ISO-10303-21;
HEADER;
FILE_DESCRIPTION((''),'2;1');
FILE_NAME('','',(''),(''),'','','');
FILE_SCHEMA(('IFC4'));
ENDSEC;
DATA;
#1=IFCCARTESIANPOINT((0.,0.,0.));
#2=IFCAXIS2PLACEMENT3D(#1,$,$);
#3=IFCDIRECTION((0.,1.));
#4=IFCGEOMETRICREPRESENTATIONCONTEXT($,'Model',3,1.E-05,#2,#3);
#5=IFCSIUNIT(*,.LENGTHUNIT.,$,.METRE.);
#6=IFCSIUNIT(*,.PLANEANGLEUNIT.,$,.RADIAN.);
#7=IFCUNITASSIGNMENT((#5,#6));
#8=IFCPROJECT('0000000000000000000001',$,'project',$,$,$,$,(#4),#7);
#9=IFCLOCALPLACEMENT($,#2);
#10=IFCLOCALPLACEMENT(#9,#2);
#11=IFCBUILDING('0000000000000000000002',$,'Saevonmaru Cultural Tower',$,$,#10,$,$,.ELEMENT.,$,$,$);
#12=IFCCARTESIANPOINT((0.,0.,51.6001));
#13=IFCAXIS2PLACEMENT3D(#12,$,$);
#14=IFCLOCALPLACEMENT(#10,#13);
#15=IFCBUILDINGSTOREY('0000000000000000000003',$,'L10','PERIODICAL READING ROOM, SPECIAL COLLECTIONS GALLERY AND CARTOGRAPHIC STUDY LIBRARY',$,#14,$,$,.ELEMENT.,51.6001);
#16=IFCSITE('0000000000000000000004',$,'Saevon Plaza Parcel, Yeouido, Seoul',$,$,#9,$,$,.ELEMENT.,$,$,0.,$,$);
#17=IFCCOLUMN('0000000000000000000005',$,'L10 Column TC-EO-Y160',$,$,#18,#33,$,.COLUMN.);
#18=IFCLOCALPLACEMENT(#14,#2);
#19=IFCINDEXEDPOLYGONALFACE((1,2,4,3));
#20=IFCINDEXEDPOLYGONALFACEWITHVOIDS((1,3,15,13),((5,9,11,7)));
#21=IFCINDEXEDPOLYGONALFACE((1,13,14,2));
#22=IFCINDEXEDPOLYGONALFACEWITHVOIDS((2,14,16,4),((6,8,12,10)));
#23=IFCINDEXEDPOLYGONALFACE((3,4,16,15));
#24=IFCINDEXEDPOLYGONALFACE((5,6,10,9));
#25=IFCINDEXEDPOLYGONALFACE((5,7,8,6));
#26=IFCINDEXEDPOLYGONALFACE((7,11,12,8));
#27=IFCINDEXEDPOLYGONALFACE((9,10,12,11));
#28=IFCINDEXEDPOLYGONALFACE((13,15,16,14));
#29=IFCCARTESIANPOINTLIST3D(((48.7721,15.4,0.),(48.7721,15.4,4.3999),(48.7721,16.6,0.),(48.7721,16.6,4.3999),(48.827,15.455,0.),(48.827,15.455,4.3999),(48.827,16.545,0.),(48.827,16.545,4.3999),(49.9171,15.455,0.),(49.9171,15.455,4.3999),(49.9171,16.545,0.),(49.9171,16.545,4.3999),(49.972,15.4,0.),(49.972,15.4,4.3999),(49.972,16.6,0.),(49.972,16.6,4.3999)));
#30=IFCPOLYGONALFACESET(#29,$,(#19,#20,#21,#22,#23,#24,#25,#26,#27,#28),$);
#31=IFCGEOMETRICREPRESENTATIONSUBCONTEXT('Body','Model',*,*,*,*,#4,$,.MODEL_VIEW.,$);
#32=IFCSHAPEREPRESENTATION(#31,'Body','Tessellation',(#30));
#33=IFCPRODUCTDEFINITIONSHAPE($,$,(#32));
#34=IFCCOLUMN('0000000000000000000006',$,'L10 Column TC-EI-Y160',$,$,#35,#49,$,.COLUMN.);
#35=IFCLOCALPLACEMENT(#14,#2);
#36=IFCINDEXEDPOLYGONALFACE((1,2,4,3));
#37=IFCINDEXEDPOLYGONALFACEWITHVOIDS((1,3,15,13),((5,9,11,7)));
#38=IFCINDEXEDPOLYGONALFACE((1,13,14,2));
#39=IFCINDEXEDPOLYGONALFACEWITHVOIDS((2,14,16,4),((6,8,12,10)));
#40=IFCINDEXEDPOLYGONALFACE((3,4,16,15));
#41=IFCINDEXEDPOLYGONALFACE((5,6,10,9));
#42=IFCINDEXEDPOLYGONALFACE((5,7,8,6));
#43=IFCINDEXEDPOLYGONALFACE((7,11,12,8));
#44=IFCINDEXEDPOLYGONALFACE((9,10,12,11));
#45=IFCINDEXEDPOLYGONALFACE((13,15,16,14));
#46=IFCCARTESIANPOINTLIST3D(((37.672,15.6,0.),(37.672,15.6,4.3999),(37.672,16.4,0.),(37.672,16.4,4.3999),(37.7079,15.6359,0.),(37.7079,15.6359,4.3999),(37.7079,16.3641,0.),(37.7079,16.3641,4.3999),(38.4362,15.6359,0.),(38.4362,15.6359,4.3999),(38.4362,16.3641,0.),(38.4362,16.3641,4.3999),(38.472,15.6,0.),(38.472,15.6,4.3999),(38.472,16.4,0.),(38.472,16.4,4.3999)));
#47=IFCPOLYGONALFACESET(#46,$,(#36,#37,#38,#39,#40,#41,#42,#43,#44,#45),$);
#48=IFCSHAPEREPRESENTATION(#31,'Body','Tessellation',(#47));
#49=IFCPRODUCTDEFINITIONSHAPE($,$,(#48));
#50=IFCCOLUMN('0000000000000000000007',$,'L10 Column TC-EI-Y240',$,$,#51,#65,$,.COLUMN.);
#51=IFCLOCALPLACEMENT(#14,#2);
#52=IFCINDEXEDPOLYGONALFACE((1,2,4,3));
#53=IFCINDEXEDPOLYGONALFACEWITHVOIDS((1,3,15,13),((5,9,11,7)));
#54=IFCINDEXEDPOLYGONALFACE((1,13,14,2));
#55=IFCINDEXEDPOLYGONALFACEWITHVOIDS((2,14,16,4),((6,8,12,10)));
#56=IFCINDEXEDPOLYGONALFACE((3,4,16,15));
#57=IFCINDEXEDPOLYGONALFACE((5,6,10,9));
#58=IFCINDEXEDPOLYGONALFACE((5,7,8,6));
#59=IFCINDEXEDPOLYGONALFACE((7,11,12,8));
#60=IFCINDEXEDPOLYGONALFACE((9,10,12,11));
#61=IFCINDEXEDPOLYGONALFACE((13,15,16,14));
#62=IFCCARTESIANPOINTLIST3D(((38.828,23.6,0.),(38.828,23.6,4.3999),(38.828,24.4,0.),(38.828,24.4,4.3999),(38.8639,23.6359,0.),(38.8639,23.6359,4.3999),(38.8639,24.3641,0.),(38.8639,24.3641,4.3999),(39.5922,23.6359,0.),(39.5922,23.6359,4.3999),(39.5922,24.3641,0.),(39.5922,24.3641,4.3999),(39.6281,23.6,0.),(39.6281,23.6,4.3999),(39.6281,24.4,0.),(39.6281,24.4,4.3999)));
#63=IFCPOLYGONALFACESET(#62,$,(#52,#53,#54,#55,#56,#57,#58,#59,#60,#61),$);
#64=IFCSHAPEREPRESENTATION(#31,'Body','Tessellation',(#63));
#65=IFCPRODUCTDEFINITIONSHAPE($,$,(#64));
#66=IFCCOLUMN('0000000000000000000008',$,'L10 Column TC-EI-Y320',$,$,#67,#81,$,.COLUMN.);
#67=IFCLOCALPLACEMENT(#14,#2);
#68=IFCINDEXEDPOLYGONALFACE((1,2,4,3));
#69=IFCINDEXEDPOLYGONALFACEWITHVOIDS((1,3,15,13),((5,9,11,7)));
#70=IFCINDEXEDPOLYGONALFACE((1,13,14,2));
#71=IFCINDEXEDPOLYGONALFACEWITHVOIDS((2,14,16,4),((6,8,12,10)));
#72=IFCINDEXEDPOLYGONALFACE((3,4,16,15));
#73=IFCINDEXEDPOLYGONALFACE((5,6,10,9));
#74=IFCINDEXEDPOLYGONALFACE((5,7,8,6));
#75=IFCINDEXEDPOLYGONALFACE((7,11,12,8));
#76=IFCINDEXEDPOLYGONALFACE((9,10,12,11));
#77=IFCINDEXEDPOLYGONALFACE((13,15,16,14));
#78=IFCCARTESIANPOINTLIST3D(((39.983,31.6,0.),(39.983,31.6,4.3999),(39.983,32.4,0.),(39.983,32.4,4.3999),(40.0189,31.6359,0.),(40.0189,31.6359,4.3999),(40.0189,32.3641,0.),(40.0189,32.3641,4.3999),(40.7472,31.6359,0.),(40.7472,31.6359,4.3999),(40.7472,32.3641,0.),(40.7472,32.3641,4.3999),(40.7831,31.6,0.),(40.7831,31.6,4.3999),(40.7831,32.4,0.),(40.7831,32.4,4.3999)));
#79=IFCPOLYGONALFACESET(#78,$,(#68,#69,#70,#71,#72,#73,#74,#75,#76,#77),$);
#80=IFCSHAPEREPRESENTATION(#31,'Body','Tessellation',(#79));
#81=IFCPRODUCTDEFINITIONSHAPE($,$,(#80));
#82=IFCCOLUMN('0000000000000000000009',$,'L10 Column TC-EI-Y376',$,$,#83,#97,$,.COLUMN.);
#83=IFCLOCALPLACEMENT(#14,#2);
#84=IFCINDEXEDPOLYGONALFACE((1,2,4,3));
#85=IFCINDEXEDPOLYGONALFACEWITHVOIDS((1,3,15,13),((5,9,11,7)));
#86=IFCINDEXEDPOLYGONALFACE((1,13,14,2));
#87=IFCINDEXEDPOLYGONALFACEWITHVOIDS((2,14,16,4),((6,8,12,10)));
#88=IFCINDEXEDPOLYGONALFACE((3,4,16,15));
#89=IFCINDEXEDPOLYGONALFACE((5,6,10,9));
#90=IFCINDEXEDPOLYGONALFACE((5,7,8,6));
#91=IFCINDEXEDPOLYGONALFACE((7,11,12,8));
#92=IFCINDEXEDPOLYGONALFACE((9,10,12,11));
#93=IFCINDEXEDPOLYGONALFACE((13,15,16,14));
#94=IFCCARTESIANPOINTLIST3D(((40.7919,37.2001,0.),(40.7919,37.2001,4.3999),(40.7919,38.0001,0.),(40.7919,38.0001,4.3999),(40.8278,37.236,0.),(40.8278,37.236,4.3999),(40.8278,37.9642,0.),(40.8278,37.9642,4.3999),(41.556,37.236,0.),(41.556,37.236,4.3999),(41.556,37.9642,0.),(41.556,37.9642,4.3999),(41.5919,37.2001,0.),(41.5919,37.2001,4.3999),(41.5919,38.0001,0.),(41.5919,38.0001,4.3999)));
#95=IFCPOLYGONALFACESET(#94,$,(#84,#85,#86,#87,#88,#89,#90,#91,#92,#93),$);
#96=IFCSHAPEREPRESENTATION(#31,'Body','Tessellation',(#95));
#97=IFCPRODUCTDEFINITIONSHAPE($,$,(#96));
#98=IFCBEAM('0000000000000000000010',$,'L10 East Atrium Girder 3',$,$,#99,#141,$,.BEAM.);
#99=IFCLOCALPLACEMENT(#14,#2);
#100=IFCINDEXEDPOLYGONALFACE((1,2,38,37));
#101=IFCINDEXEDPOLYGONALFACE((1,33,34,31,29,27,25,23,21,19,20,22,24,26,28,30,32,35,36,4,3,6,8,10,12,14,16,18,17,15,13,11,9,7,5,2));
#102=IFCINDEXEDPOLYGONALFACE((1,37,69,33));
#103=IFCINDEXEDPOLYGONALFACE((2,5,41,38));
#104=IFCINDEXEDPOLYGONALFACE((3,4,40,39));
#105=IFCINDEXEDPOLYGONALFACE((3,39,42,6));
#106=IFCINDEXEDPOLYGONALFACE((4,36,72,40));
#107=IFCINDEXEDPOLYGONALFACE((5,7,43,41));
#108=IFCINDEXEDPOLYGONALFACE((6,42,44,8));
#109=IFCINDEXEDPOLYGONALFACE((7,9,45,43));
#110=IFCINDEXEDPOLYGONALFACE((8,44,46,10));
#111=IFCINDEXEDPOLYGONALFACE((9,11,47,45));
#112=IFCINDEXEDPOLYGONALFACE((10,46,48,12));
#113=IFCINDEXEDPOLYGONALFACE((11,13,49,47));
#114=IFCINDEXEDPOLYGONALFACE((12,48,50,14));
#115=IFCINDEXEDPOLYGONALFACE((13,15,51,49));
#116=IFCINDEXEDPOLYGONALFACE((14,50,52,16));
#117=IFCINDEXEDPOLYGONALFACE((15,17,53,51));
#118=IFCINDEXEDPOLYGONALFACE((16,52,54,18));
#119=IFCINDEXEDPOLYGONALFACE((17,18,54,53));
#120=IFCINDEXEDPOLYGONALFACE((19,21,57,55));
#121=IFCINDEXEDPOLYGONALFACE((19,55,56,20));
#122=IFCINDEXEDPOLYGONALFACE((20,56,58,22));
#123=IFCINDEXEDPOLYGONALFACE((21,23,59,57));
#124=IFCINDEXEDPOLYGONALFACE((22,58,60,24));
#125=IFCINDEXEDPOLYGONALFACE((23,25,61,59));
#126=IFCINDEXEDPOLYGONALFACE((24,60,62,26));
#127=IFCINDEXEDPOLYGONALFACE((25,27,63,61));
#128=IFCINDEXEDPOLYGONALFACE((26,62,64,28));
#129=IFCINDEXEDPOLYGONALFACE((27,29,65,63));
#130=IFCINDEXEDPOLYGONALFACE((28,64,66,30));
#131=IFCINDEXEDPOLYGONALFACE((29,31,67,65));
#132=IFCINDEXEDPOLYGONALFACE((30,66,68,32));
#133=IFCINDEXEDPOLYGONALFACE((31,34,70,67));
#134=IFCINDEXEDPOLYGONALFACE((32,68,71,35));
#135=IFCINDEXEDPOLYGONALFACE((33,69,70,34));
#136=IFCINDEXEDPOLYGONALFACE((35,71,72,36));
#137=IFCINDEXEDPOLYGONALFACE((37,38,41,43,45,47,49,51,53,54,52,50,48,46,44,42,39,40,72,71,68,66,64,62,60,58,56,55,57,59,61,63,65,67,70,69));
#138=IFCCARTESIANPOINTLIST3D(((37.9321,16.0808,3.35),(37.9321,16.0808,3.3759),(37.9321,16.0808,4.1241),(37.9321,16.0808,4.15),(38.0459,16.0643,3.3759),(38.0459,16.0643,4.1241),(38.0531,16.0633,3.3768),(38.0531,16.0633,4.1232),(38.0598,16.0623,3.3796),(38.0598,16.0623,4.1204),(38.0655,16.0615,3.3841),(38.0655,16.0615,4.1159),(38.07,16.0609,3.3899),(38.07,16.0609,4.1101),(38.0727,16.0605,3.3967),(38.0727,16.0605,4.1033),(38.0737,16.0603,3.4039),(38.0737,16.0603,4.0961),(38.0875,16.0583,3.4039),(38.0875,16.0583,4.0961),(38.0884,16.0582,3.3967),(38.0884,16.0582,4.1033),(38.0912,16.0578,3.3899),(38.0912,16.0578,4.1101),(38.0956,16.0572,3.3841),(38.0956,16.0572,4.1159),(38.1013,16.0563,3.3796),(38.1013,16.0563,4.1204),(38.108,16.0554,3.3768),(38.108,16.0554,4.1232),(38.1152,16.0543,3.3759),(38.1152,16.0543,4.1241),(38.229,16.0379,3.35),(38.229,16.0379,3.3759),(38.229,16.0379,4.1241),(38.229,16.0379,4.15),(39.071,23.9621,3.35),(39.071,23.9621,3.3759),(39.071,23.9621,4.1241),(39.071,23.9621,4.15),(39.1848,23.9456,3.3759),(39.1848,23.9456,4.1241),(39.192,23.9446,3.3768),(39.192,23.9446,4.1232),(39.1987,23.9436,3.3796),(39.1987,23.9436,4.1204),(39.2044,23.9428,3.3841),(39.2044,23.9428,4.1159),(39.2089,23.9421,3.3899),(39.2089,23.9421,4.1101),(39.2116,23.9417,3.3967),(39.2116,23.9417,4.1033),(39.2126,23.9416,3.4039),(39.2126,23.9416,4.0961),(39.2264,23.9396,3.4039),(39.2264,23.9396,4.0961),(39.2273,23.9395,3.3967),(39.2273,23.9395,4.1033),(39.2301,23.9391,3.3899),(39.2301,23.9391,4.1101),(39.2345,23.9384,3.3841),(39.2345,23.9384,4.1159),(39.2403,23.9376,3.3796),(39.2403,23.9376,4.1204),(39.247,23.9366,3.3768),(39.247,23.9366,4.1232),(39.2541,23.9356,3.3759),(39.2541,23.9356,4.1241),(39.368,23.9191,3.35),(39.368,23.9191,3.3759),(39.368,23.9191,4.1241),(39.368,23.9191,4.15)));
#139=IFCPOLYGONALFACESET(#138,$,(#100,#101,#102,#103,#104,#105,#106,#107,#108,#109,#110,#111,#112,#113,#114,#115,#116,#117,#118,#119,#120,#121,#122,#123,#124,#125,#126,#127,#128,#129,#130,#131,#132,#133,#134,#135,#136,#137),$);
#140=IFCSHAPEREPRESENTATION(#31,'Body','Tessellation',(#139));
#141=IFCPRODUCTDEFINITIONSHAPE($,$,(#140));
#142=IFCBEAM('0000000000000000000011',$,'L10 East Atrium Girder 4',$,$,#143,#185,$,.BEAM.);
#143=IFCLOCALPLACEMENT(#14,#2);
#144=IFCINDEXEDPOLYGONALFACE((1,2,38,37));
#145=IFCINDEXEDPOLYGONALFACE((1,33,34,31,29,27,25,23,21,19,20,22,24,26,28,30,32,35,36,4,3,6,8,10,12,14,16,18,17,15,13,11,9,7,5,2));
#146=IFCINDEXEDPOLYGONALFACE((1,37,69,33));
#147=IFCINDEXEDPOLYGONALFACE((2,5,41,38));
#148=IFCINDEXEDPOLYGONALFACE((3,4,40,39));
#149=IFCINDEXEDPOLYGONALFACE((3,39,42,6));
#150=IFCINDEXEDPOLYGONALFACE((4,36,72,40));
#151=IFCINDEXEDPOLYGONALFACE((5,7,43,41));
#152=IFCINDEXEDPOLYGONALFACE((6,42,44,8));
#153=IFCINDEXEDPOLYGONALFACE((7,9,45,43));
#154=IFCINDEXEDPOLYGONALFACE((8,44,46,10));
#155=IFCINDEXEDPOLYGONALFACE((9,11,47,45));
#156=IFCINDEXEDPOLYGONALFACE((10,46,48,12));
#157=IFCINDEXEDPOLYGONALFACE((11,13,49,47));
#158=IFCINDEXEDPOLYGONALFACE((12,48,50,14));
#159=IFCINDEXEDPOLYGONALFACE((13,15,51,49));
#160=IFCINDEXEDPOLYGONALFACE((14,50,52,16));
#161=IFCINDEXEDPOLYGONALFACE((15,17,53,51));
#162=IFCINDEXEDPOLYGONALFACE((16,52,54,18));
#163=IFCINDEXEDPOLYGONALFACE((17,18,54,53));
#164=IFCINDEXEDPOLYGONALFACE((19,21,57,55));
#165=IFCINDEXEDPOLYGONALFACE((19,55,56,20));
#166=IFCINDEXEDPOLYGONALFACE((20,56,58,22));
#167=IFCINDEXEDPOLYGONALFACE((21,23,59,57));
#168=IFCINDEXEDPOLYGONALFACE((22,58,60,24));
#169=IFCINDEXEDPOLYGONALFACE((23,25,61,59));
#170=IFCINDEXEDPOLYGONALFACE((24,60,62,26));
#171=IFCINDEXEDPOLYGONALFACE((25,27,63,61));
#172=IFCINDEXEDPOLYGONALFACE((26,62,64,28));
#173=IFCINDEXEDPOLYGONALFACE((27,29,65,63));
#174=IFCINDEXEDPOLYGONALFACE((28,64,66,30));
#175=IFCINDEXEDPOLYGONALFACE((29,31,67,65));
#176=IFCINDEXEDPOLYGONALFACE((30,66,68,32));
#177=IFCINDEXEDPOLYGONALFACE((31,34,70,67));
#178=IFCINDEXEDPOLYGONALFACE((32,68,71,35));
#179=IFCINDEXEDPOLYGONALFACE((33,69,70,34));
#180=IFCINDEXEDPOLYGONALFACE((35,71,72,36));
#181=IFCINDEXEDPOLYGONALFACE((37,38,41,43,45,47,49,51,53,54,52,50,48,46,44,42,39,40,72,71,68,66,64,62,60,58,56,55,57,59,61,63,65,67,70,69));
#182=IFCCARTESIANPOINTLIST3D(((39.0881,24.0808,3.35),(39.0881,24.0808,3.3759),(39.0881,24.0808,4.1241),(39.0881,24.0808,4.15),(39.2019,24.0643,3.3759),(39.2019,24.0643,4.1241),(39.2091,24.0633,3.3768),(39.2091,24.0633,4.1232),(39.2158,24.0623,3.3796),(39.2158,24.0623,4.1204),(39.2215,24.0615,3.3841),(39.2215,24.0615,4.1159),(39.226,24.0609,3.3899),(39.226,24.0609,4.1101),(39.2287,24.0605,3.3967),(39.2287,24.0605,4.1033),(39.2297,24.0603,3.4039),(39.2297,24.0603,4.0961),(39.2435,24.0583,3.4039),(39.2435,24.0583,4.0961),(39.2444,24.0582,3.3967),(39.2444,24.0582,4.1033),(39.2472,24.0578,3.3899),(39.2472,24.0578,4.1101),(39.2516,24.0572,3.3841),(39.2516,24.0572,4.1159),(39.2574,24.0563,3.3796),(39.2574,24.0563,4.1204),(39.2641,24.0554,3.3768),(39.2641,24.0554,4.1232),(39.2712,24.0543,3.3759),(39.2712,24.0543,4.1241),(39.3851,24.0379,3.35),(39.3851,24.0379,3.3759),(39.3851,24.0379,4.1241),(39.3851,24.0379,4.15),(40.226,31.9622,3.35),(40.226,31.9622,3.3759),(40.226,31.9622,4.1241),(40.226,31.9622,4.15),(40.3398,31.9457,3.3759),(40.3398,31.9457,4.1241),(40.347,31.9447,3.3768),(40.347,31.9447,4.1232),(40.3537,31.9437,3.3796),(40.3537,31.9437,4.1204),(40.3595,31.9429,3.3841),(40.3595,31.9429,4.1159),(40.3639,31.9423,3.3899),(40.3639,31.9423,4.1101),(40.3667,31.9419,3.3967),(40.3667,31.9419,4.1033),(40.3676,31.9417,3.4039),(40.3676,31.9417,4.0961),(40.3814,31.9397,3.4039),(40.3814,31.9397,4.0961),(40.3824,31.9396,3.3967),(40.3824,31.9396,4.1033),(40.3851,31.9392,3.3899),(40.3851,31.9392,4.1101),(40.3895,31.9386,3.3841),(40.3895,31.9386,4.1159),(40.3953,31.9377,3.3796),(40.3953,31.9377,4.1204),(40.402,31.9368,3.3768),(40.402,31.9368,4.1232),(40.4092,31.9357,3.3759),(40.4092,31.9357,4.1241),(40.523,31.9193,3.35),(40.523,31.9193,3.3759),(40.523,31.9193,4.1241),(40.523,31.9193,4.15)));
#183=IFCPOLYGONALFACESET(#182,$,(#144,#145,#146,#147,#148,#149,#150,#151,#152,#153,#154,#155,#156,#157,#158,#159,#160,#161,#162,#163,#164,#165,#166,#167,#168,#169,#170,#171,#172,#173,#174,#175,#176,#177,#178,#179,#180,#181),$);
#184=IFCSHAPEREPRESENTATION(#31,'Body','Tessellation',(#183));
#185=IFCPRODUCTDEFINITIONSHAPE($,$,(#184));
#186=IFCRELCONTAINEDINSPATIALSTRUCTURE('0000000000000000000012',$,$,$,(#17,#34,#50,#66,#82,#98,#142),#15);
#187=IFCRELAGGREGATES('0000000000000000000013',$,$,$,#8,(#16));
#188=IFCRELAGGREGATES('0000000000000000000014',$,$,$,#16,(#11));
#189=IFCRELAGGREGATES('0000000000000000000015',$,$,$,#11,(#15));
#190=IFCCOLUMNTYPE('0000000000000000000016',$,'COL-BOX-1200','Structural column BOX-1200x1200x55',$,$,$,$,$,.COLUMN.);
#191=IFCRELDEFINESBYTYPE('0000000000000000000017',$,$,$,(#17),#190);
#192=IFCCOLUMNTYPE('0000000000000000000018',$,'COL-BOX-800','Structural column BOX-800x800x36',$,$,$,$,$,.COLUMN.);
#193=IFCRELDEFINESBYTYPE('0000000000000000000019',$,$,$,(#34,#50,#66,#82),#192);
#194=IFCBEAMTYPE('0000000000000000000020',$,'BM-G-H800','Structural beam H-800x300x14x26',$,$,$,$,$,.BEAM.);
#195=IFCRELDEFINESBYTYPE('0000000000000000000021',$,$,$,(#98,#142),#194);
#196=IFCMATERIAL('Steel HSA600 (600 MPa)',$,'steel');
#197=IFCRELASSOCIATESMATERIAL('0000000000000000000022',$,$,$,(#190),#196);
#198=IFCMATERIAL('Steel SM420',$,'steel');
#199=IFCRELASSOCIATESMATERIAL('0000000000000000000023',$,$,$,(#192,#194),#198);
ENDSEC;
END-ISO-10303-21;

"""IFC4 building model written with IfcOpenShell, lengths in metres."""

from ifc_helpers import new_model, si_unit, direction, frame, origin, origin_2d, place, context, subcontext, project, spatial, hollow_rectangle, i_section, extrude, material, material_profile, profile_set, type_object, element, save


model = new_model("IFC4")

# Units and contexts
model_context = context("Model", 3, precision=1e-05, world=origin(), true_north=direction((0.0, 1.0)))
body_context = subcontext(model_context, "Body", "Model", "MODEL_VIEW")
ifc_project = project(units=[si_unit("LENGTHUNIT", "METRE"), si_unit("PLANEANGLEUNIT", "RADIAN")], contexts=[model_context])

# Site, building, storey
site_placement = place(None, origin())
site = spatial("IfcSite", under=ifc_project, at=site_placement, Name="Saevon Plaza Parcel, Yeouido, Seoul", CompositionType="ELEMENT", RefElevation=0.0)
building_placement = place(site_placement, origin())
building = spatial("IfcBuilding", under=site, at=building_placement, Name="Saevonmaru Cultural Tower", CompositionType="ELEMENT")
storey_placement = place(building_placement, frame((0.0, 0.0, 51.6001)))
storey = spatial("IfcBuildingStorey", under=building, at=storey_placement, Name="L10", Description="PERIODICAL READING ROOM, SPECIAL COLLECTIONS GALLERY AND CARTOGRAPHIC STUDY LIBRARY", CompositionType="ELEMENT", Elevation=51.6001)

# Columns
ifc_material_1 = material(Name="Steel HSA600 (600 MPa)", Category="steel")
ifc_material_profile_1 = material_profile(ifc_material_1, hollow_rectangle(XDim=1.2, YDim=1.2, WallThickness=0.0549, at=origin_2d()), Name="BOX-1200x1200x55")
ifc_profile_set_1 = profile_set([ifc_material_profile_1], Name="Steel HSA600 (600 MPa)")
column_type_1 = type_object("IfcColumnType", Name="COL-BOX-1200", Description="Structural column BOX-1200x1200x55", PredefinedType="COLUMN", material=ifc_profile_set_1)
column_placement = place(storey_placement, frame((49.3721, 16.0, 0.0), z_axis=(0.0, 0.0, 1.0), x_axis=(1.0, 0.0, 0.0)))
element("IfcColumn", 1, at=column_placement, inside=storey, type_object=column_type_1, Name="L10 Column TC-EO-Y160", PredefinedType="COLUMN", context=body_context, shape_type="SweptSolid", body=[
    extrude(hollow_rectangle(XDim=1.2, YDim=1.2, WallThickness=0.0549, at=origin_2d()), origin(), (0.0, 0.0, 1.0), 4.3999),
])
ifc_material_2 = material(Name="Steel SM420", Category="steel")
ifc_material_profile_2 = material_profile(ifc_material_2, hollow_rectangle(XDim=0.8, YDim=0.8, WallThickness=0.0359, at=origin_2d()), Name="BOX-800x800x36")
ifc_profile_set_2 = profile_set([ifc_material_profile_2], Name="Steel SM420")
column_type_2 = type_object("IfcColumnType", Name="COL-BOX-800", Description="Structural column BOX-800x800x36", PredefinedType="COLUMN", material=ifc_profile_set_2)
for number, where, z_axis, x_axis, name in (
    (2, (38.072, 16.0, 0.0), (0.0, 0.0, 1.0), (1.0, 0.0, 0.0), "L10 Column TC-EI-Y160"),
    (3, (39.228, 24.0, 0.0), (0.0, 0.0, 1.0), (1.0, 0.0, 0.0), "L10 Column TC-EI-Y240"),
    (4, (40.3831, 32.0, 0.0), (0.0, 0.0, 1.0), (1.0, 0.0, 0.0), "L10 Column TC-EI-Y320"),
    (5, (41.1919, 37.6001, 0.0), (0.0, 0.0, 1.0), (1.0, 0.0, 0.0), "L10 Column TC-EI-Y376"),
):
    element("IfcColumn", number, at=place(storey_placement, frame(where, z_axis=z_axis, x_axis=x_axis)), inside=storey, type_object=column_type_2, Name=name, PredefinedType="COLUMN", context=body_context, shape_type="SweptSolid", body=[
        extrude(hollow_rectangle(XDim=0.8, YDim=0.8, WallThickness=0.0359, at=origin_2d()), origin(), (0.0, 0.0, 1.0), 4.3999),
    ])

# Beams
ifc_material_profile_3 = material_profile(ifc_material_2, i_section(OverallWidth=0.3, OverallDepth=0.8, WebThickness=0.0139, FlangeThickness=0.0259, FilletRadius=0.0281, at=origin_2d()), Name="H-800x300x14x26")
ifc_profile_set_3 = profile_set([ifc_material_profile_3], Name="Steel SM420")
beam_type_1 = type_object("IfcBeamType", Name="BM-G-H800", Description="Structural beam H-800x300x14x26", PredefinedType="BEAM", material=ifc_profile_set_3)
for number, where, z_axis, x_axis, name in (
    (6, (38.0806, 16.0593, 3.75), (0.143022, 0.989719, 0.0), (-0.989719, 0.143022, 0.0), "L10 East Atrium Girder 3"),
    (7, (39.2366, 24.0593, 3.75), (0.142902, 0.989737, 0.0), (-0.989737, 0.142902, 0.0), "L10 East Atrium Girder 4"),
):
    element("IfcBeam", number, at=place(storey_placement, frame(where, z_axis=z_axis, x_axis=x_axis)), inside=storey, type_object=beam_type_1, Name=name, PredefinedType="BEAM", context=body_context, shape_type="SweptSolid", body=[
        extrude(i_section(OverallWidth=0.3, OverallDepth=0.8, WebThickness=0.0139, FlangeThickness=0.0259, FilletRadius=0.0281, at=origin_2d()), origin(), (0.0, 0.0, 1.0), 7.9631),
    ])

save(model, "model.ifc")
